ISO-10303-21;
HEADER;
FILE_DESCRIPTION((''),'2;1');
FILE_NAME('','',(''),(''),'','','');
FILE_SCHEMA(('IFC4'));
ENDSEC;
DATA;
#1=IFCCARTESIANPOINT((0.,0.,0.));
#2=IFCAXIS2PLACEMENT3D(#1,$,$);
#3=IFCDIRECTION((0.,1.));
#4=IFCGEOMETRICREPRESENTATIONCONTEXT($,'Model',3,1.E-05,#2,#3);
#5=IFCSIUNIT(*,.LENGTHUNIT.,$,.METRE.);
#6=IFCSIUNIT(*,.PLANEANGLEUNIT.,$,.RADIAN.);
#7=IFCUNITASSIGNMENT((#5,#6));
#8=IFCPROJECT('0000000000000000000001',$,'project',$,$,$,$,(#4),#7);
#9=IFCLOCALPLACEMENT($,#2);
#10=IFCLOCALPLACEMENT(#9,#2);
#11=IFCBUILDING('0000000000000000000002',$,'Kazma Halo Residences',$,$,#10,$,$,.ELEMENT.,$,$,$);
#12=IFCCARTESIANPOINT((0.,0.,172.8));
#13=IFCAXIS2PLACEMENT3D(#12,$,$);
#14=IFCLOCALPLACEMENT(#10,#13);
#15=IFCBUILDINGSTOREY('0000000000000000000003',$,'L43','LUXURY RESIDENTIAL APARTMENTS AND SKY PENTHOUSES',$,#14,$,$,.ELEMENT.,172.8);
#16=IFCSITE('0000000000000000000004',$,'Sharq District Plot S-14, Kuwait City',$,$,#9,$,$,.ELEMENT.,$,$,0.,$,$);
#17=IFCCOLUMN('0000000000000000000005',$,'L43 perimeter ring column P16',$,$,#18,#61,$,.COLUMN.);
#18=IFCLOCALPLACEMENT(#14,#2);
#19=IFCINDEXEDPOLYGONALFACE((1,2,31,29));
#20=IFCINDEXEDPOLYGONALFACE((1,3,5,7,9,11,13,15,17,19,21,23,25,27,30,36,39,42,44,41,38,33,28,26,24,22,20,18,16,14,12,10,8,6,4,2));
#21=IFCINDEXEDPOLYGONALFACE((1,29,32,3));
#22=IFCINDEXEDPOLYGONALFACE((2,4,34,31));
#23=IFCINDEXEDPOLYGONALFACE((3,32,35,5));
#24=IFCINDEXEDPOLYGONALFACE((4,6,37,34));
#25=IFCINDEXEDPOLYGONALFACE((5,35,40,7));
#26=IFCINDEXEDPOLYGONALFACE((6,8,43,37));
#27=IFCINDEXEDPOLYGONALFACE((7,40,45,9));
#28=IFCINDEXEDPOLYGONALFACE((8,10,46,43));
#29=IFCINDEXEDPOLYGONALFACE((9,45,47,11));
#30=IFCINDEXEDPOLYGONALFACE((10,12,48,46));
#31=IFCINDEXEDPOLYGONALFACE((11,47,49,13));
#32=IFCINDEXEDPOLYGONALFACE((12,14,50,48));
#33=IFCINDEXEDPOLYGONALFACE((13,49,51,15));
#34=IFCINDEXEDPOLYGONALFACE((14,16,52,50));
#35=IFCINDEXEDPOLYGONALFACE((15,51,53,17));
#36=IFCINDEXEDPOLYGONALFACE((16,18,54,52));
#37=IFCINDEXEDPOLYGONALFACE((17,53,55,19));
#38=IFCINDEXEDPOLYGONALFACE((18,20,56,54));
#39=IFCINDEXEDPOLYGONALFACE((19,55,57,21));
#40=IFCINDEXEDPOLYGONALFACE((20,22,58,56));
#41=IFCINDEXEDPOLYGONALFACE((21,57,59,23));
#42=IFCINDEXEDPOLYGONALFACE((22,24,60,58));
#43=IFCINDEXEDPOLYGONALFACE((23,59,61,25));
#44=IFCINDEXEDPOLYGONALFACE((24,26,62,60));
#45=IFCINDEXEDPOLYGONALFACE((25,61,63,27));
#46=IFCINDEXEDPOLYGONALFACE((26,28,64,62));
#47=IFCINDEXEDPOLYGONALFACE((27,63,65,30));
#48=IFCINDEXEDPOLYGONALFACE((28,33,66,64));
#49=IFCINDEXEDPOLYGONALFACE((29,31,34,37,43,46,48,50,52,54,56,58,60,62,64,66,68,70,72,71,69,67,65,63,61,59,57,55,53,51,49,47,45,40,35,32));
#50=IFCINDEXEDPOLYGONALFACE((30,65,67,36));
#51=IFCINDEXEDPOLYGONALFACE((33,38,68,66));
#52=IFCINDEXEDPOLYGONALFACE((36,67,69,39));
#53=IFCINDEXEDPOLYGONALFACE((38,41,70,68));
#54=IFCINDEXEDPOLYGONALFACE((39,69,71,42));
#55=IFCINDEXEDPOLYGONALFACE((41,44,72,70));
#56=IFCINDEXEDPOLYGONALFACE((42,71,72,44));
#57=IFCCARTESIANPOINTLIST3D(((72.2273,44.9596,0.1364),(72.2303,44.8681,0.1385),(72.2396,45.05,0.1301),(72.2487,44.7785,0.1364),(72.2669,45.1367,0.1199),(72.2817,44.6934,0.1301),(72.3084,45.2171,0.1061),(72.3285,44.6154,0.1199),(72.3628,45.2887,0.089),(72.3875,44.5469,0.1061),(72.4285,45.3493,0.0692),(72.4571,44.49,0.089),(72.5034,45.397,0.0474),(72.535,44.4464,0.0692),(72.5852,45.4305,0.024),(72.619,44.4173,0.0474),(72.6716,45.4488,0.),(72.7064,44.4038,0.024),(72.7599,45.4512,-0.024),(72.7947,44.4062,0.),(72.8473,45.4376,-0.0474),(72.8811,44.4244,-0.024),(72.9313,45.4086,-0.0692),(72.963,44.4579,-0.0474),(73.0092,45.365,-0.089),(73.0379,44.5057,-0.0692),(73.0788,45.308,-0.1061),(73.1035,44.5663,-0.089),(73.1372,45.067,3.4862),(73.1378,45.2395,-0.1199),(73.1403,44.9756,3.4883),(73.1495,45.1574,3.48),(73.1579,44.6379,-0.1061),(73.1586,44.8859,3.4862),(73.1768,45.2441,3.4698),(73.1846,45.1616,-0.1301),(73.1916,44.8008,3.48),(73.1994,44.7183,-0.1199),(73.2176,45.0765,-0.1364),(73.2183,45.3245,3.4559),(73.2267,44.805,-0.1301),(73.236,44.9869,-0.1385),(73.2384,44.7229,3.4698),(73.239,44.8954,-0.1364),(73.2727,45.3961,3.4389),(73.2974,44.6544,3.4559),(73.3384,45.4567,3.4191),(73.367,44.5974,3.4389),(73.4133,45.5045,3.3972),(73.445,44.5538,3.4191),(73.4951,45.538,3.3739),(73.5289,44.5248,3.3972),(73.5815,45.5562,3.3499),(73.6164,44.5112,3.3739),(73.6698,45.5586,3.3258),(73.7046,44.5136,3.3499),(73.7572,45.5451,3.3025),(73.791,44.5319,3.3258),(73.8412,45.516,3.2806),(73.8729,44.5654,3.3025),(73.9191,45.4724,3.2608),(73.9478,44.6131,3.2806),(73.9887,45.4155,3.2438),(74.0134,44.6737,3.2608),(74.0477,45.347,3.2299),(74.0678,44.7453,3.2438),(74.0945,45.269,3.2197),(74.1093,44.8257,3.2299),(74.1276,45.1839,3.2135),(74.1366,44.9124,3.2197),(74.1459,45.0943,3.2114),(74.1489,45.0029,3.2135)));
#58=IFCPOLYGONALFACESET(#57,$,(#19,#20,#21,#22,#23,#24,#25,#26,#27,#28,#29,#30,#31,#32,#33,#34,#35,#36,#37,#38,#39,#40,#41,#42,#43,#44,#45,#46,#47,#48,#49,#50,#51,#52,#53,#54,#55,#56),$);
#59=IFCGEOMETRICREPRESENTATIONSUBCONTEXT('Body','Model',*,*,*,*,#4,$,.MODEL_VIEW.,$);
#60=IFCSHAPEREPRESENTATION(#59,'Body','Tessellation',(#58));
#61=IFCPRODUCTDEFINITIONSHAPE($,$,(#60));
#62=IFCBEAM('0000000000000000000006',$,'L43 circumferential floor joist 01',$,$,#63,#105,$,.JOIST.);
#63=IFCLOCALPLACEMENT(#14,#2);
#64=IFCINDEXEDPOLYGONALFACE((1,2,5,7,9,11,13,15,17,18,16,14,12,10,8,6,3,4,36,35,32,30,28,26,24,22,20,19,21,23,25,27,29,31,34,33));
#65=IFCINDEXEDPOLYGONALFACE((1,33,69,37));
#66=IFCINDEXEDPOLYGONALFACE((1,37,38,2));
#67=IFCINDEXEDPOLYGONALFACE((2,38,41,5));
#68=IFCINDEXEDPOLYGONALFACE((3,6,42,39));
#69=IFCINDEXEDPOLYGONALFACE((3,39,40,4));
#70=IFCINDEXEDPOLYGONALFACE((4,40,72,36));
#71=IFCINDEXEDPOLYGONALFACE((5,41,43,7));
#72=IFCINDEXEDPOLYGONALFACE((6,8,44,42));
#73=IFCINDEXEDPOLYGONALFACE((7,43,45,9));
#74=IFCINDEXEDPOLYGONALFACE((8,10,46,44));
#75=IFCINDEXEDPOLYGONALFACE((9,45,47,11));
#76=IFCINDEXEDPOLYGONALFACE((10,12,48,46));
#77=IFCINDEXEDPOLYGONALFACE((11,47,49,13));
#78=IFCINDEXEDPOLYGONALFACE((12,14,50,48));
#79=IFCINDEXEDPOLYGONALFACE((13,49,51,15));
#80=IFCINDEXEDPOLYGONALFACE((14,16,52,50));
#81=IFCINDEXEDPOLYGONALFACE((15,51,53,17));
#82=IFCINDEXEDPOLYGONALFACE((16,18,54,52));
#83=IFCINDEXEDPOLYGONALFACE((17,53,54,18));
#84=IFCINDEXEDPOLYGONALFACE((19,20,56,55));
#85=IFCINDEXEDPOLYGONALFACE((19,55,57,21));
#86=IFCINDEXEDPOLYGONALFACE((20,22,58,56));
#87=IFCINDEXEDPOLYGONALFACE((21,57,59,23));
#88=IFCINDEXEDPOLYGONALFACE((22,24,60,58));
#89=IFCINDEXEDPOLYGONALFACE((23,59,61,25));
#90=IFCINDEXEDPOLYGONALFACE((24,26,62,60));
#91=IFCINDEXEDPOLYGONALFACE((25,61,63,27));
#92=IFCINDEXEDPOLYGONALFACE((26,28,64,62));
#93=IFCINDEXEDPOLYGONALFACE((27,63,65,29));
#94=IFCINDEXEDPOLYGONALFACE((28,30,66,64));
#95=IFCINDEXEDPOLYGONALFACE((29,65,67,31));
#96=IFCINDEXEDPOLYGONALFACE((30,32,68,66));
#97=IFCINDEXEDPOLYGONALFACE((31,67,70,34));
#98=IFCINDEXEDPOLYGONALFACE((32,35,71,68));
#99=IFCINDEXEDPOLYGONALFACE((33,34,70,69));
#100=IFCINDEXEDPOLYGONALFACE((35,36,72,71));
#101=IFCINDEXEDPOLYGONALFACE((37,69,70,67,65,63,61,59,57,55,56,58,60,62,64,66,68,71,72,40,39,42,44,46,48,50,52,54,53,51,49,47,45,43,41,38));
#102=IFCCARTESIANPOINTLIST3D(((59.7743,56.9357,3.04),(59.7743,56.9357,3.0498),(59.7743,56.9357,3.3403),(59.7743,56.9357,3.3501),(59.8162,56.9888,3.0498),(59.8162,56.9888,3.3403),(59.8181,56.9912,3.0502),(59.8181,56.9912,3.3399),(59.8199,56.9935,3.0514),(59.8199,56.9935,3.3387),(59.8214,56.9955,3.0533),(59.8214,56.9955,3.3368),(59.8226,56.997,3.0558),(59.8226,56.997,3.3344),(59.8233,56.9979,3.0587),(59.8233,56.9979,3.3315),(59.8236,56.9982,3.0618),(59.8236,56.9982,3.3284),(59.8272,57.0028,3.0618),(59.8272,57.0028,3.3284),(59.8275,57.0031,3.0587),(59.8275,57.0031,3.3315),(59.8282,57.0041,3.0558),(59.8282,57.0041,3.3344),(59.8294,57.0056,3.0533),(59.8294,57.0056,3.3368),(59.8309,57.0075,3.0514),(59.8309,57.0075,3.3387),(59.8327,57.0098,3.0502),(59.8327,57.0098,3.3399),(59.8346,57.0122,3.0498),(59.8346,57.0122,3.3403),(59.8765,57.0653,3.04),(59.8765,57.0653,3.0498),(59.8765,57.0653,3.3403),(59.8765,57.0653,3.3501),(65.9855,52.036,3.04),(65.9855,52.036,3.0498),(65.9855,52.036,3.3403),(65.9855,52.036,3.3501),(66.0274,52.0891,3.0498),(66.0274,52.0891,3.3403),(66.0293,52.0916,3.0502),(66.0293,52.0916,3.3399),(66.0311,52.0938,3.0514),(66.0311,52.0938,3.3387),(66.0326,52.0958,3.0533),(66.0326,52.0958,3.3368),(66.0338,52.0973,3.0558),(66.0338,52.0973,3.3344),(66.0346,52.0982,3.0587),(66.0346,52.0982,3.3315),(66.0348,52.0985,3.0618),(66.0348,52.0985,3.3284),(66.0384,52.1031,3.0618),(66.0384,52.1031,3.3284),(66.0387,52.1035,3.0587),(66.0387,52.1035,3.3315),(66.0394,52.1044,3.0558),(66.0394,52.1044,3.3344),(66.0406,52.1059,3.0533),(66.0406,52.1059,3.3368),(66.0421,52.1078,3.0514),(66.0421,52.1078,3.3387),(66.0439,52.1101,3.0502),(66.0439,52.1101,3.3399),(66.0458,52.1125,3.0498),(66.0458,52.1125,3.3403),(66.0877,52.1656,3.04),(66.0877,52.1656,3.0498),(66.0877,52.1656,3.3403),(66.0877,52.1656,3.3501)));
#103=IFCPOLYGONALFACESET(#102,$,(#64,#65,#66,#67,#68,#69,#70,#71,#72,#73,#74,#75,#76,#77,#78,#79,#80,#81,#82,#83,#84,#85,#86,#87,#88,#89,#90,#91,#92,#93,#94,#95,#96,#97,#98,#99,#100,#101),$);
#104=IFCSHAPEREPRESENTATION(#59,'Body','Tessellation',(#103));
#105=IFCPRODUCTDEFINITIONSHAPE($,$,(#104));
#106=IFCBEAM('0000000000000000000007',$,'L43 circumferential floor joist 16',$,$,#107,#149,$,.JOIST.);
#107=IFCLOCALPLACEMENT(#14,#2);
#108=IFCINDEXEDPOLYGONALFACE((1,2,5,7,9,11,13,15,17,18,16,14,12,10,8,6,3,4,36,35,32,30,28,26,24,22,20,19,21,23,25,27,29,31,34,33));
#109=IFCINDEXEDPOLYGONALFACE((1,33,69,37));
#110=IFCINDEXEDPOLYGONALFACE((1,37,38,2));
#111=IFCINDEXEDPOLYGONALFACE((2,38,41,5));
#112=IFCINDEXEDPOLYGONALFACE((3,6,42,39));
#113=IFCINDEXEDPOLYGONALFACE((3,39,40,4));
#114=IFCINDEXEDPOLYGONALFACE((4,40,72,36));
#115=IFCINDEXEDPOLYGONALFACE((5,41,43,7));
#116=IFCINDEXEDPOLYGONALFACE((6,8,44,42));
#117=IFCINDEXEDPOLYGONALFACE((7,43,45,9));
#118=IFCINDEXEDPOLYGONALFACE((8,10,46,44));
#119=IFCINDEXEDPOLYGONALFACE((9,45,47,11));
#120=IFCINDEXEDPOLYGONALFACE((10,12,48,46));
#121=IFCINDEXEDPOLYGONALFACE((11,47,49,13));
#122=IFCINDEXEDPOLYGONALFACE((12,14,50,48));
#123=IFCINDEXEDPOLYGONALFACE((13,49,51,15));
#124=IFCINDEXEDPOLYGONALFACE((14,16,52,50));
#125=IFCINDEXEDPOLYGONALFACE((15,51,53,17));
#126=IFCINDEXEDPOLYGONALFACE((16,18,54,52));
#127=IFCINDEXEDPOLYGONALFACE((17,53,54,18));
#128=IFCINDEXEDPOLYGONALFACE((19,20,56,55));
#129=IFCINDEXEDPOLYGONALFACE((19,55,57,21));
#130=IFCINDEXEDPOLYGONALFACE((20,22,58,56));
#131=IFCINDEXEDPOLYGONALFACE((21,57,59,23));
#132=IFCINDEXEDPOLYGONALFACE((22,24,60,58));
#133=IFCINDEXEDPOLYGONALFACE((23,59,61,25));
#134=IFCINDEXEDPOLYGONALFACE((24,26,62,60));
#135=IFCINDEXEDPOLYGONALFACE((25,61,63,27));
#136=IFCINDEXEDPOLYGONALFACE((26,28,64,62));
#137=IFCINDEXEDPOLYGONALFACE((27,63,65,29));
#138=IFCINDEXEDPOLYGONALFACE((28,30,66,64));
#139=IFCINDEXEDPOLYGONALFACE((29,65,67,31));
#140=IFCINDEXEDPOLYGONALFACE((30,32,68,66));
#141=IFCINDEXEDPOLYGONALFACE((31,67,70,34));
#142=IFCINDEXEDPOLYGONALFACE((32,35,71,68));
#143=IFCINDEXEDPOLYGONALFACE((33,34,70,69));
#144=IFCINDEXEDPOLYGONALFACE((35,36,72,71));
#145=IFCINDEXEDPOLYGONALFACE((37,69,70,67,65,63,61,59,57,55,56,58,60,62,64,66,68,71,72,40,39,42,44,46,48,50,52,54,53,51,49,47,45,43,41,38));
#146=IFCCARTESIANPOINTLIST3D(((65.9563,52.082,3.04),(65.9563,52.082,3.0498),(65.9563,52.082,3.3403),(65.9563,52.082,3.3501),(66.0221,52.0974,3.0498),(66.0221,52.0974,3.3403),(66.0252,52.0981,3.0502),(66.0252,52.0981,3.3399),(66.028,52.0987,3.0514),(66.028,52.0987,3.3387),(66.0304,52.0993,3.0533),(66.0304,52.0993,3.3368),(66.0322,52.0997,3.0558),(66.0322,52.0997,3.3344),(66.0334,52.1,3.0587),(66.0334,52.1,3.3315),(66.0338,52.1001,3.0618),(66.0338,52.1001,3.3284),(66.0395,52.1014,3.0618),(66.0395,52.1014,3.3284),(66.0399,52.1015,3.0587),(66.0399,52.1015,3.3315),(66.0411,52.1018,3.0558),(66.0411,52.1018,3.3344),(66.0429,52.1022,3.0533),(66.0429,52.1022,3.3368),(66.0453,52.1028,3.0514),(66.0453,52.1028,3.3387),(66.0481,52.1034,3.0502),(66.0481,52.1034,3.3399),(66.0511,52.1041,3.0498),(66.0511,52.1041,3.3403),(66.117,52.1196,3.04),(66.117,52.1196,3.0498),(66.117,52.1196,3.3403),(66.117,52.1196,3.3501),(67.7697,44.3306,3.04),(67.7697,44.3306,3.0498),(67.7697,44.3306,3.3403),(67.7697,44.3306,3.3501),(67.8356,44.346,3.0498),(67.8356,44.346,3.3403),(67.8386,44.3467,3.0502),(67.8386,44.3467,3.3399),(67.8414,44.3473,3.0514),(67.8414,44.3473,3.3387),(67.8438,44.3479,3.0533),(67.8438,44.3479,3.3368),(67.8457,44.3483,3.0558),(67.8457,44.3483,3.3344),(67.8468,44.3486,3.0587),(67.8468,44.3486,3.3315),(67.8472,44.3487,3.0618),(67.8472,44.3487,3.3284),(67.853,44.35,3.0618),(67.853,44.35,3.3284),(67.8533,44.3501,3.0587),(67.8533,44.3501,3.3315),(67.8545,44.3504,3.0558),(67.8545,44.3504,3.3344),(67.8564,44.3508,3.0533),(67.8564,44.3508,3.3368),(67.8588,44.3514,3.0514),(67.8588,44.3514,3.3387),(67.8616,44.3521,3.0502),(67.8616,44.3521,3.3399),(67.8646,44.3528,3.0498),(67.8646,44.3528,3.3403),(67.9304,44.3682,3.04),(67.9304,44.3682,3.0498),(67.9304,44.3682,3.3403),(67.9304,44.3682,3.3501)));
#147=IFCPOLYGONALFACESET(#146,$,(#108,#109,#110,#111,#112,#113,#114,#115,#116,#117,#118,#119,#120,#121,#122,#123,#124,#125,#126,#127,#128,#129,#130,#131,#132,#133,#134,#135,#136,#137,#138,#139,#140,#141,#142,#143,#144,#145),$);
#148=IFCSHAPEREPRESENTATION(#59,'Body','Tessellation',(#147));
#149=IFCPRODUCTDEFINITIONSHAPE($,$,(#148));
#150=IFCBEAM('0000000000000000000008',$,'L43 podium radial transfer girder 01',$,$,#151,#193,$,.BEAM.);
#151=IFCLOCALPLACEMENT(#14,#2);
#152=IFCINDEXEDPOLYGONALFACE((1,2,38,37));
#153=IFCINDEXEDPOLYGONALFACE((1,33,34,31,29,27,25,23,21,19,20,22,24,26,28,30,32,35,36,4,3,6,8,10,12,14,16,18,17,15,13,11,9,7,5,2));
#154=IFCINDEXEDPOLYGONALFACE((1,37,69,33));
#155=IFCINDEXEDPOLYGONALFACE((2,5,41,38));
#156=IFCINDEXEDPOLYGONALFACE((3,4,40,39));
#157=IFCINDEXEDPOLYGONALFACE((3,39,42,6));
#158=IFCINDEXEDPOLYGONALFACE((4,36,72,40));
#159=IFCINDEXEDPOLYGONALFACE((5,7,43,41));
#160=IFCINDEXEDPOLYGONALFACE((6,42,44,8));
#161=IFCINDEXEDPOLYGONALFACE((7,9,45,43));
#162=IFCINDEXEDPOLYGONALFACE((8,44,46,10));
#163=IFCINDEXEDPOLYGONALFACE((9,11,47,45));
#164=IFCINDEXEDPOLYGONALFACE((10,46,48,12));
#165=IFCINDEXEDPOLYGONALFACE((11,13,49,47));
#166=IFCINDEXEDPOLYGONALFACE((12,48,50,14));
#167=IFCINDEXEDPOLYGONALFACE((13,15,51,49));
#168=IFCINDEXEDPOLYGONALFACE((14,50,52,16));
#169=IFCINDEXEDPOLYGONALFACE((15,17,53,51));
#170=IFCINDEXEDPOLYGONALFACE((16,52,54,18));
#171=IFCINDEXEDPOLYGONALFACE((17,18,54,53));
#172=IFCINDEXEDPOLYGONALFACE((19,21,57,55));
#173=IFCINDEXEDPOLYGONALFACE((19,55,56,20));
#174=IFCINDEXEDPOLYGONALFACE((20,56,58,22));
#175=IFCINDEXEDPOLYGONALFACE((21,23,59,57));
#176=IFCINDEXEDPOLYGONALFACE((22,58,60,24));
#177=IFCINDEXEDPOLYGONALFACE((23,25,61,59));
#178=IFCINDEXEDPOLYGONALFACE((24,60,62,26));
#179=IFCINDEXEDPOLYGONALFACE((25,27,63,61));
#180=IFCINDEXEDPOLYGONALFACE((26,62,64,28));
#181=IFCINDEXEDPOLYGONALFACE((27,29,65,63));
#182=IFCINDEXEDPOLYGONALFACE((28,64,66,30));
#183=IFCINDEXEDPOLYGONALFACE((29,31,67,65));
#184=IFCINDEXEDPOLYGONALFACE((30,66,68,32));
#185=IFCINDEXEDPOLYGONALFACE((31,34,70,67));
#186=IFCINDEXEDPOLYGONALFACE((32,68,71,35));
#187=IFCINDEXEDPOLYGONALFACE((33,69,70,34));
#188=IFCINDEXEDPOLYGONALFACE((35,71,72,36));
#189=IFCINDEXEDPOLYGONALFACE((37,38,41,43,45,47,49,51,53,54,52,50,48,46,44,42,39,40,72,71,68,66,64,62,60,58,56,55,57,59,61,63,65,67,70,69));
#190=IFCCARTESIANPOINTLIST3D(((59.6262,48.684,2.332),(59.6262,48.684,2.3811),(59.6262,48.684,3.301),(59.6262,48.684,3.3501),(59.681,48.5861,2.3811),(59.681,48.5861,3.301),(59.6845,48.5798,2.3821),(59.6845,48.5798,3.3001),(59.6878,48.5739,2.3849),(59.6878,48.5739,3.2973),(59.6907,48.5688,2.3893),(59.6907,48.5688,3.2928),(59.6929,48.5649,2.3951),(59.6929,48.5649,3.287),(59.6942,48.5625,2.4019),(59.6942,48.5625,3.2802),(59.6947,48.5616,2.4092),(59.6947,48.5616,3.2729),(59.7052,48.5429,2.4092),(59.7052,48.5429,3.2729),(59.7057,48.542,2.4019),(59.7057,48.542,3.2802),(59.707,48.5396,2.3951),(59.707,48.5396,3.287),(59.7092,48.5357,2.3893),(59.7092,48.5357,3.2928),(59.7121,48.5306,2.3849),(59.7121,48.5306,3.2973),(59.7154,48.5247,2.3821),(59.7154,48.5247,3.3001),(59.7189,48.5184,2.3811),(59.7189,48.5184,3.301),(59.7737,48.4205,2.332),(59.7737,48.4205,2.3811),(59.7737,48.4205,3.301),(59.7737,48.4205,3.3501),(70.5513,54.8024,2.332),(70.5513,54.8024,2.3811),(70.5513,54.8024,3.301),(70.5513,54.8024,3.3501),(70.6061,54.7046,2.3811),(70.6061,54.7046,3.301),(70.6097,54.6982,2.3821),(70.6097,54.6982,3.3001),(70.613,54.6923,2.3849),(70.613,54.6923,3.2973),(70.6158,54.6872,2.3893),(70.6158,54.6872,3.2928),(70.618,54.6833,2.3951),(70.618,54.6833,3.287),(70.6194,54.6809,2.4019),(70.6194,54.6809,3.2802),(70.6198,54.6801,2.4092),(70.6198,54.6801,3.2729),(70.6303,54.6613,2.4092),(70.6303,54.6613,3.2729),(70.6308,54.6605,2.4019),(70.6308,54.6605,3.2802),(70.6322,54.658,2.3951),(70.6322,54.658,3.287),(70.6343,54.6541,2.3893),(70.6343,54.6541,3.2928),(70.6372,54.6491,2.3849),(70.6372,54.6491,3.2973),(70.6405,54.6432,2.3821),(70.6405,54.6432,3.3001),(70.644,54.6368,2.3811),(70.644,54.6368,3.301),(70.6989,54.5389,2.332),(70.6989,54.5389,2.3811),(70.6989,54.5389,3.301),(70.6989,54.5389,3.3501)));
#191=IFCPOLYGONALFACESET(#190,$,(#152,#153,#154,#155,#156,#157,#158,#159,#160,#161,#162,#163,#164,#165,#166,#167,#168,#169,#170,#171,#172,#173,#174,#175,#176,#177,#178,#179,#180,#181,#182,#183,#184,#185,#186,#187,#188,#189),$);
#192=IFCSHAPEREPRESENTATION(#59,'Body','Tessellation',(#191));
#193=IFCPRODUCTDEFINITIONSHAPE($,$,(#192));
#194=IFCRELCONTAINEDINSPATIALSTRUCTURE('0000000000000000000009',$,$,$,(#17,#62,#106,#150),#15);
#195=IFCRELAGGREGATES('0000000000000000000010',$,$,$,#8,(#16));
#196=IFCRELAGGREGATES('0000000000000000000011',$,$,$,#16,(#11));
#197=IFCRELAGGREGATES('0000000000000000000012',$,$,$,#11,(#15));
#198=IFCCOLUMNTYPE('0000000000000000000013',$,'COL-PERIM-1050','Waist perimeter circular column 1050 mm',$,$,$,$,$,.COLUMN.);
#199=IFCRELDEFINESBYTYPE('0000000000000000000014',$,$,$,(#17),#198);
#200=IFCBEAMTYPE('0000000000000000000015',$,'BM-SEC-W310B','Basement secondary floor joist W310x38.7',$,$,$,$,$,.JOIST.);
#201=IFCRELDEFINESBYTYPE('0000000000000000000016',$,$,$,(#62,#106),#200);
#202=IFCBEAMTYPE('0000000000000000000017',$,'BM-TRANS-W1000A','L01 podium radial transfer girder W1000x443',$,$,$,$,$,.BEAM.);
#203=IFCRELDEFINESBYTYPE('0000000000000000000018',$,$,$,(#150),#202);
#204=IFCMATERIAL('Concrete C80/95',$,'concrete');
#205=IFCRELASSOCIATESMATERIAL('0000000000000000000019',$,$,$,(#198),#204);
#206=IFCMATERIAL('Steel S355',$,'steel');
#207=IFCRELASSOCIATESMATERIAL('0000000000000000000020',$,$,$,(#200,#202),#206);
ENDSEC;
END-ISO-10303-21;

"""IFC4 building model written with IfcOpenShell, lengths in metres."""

from ifc_helpers import new_model, si_unit, direction, frame, origin, origin_2d, place, context, subcontext, project, spatial, circle, i_section, extrude, material, material_profile, profile_set, type_object, element, save


model = new_model("IFC4")

# Units and contexts
model_context = context("Model", 3, precision=1e-05, world=origin(), true_north=direction((0.0, 1.0)))
body_context = subcontext(model_context, "Body", "Model", "MODEL_VIEW")
ifc_project = project(units=[si_unit("LENGTHUNIT", "METRE"), si_unit("PLANEANGLEUNIT", "RADIAN")], contexts=[model_context])

# Site, building, storey
site_placement = place(None, origin())
site = spatial("IfcSite", under=ifc_project, at=site_placement, Name="Sharq District Plot S-14, Kuwait City", CompositionType="ELEMENT", RefElevation=0.0)
building_placement = place(site_placement, origin())
building = spatial("IfcBuilding", under=site, at=building_placement, Name="Kazma Halo Residences", CompositionType="ELEMENT")
storey_placement = place(building_placement, frame((0.0, 0.0, 172.8)))
storey = spatial("IfcBuildingStorey", under=building, at=storey_placement, Name="L43", Description="LUXURY RESIDENTIAL APARTMENTS AND SKY PENTHOUSES", CompositionType="ELEMENT", Elevation=172.8)

# Column
ifc_material_1 = material(Name="Concrete C80/95", Category="concrete")
ifc_material_profile_1 = material_profile(ifc_material_1, circle(Radius=0.5249, at=origin_2d()), Name="CIRC1050")
ifc_profile_set_1 = profile_set([ifc_material_profile_1], Name="Concrete C80/95")
column_type = type_object("IfcColumnType", Name="COL-PERIM-1050", Description="Waist perimeter circular column 1050 mm", PredefinedType="COLUMN", material=ifc_profile_set_1)
column_placement = place(storey_placement, frame((72.7332, 44.9275, 0.0), z_axis=(0.262004, 0.030932, 0.964571), x_axis=(-0.117243, 0.993103, 0.0)))
element("IfcColumn", 1, at=column_placement, inside=storey, type_object=column_type, Name="L43 perimeter ring column P16", PredefinedType="COLUMN", context=body_context, shape_type="SweptSolid", body=[
    extrude(circle(Radius=0.5249, at=origin_2d()), origin(), (0.0, 0.0, 1.0), 3.4729),
])

# Beams
ifc_material_2 = material(Name="Steel S355", Category="steel")
ifc_material_profile_2 = material_profile(ifc_material_2, i_section(OverallWidth=0.165, OverallDepth=0.3101, WebThickness=0.0059, FlangeThickness=0.0098, FilletRadius=0.012, at=origin_2d()), Name="W310x38.7")
ifc_profile_set_2 = profile_set([ifc_material_profile_2], Name="Steel S355")
beam_type_1 = type_object("IfcBeamType", Name="BM-SEC-W310B", Description="Basement secondary floor joist W310x38.7", PredefinedType="JOIST", material=ifc_profile_set_2)
beam_1_placement = place(storey_placement, frame((66.0366, 52.1008, 3.1951), z_axis=(-0.785123, 0.61934, 0.0), x_axis=(-0.61934, -0.785123, 0.0)))
element("IfcBeam", 2, at=beam_1_placement, inside=storey, type_object=beam_type_1, Name="L43 circumferential floor joist 01", PredefinedType="JOIST", context=body_context, shape_type="SweptSolid", body=[
    extrude(i_section(OverallWidth=0.165, OverallDepth=0.3101, WebThickness=0.0059, FlangeThickness=0.0098, FilletRadius=0.012, at=origin_2d()), origin(), (0.0, 0.0, 1.0), 7.9111),
])
beam_2_placement = place(storey_placement, frame((67.8501, 44.3494, 3.1951), z_axis=(-0.227802, 0.973708, 0.0), x_axis=(-0.973708, -0.227802, 0.0)))
element("IfcBeam", 3, at=beam_2_placement, inside=storey, type_object=beam_type_1, Name="L43 circumferential floor joist 16", PredefinedType="JOIST", context=body_context, shape_type="SweptSolid", body=[
    extrude(i_section(OverallWidth=0.165, OverallDepth=0.3101, WebThickness=0.0059, FlangeThickness=0.0098, FilletRadius=0.012, at=origin_2d()), origin(), (0.0, 0.0, 1.0), 7.9607),
])
ifc_material_profile_3 = material_profile(ifc_material_2, i_section(OverallWidth=0.302, OverallDepth=1.0181, WebThickness=0.0215, FlangeThickness=0.0491, FilletRadius=0.0281, at=origin_2d()), Name="W1000x443")
ifc_profile_set_3 = profile_set([ifc_material_profile_3], Name="Steel S355")
beam_type_2 = type_object("IfcBeamType", Name="BM-TRANS-W1000A", Description="L01 podium radial transfer girder W1000x443", PredefinedType="BEAM", material=ifc_profile_set_3)
beam_3_placement = place(storey_placement, frame((59.7, 48.5522, 2.8411), z_axis=(0.872493, 0.488627, 0.0), x_axis=(-0.488627, 0.872493, 0.0)))
element("IfcBeam", 4, at=beam_3_placement, inside=storey, type_object=beam_type_2, Name="L43 podium radial transfer girder 01", PredefinedType="BEAM", context=body_context, shape_type="SweptSolid", body=[
    extrude(i_section(OverallWidth=0.302, OverallDepth=1.0181, WebThickness=0.0215, FlangeThickness=0.0491, FilletRadius=0.0281, at=origin_2d()), origin(), (0.0, 0.0, 1.0), 12.5217),
])

save(model, "model.ifc")
